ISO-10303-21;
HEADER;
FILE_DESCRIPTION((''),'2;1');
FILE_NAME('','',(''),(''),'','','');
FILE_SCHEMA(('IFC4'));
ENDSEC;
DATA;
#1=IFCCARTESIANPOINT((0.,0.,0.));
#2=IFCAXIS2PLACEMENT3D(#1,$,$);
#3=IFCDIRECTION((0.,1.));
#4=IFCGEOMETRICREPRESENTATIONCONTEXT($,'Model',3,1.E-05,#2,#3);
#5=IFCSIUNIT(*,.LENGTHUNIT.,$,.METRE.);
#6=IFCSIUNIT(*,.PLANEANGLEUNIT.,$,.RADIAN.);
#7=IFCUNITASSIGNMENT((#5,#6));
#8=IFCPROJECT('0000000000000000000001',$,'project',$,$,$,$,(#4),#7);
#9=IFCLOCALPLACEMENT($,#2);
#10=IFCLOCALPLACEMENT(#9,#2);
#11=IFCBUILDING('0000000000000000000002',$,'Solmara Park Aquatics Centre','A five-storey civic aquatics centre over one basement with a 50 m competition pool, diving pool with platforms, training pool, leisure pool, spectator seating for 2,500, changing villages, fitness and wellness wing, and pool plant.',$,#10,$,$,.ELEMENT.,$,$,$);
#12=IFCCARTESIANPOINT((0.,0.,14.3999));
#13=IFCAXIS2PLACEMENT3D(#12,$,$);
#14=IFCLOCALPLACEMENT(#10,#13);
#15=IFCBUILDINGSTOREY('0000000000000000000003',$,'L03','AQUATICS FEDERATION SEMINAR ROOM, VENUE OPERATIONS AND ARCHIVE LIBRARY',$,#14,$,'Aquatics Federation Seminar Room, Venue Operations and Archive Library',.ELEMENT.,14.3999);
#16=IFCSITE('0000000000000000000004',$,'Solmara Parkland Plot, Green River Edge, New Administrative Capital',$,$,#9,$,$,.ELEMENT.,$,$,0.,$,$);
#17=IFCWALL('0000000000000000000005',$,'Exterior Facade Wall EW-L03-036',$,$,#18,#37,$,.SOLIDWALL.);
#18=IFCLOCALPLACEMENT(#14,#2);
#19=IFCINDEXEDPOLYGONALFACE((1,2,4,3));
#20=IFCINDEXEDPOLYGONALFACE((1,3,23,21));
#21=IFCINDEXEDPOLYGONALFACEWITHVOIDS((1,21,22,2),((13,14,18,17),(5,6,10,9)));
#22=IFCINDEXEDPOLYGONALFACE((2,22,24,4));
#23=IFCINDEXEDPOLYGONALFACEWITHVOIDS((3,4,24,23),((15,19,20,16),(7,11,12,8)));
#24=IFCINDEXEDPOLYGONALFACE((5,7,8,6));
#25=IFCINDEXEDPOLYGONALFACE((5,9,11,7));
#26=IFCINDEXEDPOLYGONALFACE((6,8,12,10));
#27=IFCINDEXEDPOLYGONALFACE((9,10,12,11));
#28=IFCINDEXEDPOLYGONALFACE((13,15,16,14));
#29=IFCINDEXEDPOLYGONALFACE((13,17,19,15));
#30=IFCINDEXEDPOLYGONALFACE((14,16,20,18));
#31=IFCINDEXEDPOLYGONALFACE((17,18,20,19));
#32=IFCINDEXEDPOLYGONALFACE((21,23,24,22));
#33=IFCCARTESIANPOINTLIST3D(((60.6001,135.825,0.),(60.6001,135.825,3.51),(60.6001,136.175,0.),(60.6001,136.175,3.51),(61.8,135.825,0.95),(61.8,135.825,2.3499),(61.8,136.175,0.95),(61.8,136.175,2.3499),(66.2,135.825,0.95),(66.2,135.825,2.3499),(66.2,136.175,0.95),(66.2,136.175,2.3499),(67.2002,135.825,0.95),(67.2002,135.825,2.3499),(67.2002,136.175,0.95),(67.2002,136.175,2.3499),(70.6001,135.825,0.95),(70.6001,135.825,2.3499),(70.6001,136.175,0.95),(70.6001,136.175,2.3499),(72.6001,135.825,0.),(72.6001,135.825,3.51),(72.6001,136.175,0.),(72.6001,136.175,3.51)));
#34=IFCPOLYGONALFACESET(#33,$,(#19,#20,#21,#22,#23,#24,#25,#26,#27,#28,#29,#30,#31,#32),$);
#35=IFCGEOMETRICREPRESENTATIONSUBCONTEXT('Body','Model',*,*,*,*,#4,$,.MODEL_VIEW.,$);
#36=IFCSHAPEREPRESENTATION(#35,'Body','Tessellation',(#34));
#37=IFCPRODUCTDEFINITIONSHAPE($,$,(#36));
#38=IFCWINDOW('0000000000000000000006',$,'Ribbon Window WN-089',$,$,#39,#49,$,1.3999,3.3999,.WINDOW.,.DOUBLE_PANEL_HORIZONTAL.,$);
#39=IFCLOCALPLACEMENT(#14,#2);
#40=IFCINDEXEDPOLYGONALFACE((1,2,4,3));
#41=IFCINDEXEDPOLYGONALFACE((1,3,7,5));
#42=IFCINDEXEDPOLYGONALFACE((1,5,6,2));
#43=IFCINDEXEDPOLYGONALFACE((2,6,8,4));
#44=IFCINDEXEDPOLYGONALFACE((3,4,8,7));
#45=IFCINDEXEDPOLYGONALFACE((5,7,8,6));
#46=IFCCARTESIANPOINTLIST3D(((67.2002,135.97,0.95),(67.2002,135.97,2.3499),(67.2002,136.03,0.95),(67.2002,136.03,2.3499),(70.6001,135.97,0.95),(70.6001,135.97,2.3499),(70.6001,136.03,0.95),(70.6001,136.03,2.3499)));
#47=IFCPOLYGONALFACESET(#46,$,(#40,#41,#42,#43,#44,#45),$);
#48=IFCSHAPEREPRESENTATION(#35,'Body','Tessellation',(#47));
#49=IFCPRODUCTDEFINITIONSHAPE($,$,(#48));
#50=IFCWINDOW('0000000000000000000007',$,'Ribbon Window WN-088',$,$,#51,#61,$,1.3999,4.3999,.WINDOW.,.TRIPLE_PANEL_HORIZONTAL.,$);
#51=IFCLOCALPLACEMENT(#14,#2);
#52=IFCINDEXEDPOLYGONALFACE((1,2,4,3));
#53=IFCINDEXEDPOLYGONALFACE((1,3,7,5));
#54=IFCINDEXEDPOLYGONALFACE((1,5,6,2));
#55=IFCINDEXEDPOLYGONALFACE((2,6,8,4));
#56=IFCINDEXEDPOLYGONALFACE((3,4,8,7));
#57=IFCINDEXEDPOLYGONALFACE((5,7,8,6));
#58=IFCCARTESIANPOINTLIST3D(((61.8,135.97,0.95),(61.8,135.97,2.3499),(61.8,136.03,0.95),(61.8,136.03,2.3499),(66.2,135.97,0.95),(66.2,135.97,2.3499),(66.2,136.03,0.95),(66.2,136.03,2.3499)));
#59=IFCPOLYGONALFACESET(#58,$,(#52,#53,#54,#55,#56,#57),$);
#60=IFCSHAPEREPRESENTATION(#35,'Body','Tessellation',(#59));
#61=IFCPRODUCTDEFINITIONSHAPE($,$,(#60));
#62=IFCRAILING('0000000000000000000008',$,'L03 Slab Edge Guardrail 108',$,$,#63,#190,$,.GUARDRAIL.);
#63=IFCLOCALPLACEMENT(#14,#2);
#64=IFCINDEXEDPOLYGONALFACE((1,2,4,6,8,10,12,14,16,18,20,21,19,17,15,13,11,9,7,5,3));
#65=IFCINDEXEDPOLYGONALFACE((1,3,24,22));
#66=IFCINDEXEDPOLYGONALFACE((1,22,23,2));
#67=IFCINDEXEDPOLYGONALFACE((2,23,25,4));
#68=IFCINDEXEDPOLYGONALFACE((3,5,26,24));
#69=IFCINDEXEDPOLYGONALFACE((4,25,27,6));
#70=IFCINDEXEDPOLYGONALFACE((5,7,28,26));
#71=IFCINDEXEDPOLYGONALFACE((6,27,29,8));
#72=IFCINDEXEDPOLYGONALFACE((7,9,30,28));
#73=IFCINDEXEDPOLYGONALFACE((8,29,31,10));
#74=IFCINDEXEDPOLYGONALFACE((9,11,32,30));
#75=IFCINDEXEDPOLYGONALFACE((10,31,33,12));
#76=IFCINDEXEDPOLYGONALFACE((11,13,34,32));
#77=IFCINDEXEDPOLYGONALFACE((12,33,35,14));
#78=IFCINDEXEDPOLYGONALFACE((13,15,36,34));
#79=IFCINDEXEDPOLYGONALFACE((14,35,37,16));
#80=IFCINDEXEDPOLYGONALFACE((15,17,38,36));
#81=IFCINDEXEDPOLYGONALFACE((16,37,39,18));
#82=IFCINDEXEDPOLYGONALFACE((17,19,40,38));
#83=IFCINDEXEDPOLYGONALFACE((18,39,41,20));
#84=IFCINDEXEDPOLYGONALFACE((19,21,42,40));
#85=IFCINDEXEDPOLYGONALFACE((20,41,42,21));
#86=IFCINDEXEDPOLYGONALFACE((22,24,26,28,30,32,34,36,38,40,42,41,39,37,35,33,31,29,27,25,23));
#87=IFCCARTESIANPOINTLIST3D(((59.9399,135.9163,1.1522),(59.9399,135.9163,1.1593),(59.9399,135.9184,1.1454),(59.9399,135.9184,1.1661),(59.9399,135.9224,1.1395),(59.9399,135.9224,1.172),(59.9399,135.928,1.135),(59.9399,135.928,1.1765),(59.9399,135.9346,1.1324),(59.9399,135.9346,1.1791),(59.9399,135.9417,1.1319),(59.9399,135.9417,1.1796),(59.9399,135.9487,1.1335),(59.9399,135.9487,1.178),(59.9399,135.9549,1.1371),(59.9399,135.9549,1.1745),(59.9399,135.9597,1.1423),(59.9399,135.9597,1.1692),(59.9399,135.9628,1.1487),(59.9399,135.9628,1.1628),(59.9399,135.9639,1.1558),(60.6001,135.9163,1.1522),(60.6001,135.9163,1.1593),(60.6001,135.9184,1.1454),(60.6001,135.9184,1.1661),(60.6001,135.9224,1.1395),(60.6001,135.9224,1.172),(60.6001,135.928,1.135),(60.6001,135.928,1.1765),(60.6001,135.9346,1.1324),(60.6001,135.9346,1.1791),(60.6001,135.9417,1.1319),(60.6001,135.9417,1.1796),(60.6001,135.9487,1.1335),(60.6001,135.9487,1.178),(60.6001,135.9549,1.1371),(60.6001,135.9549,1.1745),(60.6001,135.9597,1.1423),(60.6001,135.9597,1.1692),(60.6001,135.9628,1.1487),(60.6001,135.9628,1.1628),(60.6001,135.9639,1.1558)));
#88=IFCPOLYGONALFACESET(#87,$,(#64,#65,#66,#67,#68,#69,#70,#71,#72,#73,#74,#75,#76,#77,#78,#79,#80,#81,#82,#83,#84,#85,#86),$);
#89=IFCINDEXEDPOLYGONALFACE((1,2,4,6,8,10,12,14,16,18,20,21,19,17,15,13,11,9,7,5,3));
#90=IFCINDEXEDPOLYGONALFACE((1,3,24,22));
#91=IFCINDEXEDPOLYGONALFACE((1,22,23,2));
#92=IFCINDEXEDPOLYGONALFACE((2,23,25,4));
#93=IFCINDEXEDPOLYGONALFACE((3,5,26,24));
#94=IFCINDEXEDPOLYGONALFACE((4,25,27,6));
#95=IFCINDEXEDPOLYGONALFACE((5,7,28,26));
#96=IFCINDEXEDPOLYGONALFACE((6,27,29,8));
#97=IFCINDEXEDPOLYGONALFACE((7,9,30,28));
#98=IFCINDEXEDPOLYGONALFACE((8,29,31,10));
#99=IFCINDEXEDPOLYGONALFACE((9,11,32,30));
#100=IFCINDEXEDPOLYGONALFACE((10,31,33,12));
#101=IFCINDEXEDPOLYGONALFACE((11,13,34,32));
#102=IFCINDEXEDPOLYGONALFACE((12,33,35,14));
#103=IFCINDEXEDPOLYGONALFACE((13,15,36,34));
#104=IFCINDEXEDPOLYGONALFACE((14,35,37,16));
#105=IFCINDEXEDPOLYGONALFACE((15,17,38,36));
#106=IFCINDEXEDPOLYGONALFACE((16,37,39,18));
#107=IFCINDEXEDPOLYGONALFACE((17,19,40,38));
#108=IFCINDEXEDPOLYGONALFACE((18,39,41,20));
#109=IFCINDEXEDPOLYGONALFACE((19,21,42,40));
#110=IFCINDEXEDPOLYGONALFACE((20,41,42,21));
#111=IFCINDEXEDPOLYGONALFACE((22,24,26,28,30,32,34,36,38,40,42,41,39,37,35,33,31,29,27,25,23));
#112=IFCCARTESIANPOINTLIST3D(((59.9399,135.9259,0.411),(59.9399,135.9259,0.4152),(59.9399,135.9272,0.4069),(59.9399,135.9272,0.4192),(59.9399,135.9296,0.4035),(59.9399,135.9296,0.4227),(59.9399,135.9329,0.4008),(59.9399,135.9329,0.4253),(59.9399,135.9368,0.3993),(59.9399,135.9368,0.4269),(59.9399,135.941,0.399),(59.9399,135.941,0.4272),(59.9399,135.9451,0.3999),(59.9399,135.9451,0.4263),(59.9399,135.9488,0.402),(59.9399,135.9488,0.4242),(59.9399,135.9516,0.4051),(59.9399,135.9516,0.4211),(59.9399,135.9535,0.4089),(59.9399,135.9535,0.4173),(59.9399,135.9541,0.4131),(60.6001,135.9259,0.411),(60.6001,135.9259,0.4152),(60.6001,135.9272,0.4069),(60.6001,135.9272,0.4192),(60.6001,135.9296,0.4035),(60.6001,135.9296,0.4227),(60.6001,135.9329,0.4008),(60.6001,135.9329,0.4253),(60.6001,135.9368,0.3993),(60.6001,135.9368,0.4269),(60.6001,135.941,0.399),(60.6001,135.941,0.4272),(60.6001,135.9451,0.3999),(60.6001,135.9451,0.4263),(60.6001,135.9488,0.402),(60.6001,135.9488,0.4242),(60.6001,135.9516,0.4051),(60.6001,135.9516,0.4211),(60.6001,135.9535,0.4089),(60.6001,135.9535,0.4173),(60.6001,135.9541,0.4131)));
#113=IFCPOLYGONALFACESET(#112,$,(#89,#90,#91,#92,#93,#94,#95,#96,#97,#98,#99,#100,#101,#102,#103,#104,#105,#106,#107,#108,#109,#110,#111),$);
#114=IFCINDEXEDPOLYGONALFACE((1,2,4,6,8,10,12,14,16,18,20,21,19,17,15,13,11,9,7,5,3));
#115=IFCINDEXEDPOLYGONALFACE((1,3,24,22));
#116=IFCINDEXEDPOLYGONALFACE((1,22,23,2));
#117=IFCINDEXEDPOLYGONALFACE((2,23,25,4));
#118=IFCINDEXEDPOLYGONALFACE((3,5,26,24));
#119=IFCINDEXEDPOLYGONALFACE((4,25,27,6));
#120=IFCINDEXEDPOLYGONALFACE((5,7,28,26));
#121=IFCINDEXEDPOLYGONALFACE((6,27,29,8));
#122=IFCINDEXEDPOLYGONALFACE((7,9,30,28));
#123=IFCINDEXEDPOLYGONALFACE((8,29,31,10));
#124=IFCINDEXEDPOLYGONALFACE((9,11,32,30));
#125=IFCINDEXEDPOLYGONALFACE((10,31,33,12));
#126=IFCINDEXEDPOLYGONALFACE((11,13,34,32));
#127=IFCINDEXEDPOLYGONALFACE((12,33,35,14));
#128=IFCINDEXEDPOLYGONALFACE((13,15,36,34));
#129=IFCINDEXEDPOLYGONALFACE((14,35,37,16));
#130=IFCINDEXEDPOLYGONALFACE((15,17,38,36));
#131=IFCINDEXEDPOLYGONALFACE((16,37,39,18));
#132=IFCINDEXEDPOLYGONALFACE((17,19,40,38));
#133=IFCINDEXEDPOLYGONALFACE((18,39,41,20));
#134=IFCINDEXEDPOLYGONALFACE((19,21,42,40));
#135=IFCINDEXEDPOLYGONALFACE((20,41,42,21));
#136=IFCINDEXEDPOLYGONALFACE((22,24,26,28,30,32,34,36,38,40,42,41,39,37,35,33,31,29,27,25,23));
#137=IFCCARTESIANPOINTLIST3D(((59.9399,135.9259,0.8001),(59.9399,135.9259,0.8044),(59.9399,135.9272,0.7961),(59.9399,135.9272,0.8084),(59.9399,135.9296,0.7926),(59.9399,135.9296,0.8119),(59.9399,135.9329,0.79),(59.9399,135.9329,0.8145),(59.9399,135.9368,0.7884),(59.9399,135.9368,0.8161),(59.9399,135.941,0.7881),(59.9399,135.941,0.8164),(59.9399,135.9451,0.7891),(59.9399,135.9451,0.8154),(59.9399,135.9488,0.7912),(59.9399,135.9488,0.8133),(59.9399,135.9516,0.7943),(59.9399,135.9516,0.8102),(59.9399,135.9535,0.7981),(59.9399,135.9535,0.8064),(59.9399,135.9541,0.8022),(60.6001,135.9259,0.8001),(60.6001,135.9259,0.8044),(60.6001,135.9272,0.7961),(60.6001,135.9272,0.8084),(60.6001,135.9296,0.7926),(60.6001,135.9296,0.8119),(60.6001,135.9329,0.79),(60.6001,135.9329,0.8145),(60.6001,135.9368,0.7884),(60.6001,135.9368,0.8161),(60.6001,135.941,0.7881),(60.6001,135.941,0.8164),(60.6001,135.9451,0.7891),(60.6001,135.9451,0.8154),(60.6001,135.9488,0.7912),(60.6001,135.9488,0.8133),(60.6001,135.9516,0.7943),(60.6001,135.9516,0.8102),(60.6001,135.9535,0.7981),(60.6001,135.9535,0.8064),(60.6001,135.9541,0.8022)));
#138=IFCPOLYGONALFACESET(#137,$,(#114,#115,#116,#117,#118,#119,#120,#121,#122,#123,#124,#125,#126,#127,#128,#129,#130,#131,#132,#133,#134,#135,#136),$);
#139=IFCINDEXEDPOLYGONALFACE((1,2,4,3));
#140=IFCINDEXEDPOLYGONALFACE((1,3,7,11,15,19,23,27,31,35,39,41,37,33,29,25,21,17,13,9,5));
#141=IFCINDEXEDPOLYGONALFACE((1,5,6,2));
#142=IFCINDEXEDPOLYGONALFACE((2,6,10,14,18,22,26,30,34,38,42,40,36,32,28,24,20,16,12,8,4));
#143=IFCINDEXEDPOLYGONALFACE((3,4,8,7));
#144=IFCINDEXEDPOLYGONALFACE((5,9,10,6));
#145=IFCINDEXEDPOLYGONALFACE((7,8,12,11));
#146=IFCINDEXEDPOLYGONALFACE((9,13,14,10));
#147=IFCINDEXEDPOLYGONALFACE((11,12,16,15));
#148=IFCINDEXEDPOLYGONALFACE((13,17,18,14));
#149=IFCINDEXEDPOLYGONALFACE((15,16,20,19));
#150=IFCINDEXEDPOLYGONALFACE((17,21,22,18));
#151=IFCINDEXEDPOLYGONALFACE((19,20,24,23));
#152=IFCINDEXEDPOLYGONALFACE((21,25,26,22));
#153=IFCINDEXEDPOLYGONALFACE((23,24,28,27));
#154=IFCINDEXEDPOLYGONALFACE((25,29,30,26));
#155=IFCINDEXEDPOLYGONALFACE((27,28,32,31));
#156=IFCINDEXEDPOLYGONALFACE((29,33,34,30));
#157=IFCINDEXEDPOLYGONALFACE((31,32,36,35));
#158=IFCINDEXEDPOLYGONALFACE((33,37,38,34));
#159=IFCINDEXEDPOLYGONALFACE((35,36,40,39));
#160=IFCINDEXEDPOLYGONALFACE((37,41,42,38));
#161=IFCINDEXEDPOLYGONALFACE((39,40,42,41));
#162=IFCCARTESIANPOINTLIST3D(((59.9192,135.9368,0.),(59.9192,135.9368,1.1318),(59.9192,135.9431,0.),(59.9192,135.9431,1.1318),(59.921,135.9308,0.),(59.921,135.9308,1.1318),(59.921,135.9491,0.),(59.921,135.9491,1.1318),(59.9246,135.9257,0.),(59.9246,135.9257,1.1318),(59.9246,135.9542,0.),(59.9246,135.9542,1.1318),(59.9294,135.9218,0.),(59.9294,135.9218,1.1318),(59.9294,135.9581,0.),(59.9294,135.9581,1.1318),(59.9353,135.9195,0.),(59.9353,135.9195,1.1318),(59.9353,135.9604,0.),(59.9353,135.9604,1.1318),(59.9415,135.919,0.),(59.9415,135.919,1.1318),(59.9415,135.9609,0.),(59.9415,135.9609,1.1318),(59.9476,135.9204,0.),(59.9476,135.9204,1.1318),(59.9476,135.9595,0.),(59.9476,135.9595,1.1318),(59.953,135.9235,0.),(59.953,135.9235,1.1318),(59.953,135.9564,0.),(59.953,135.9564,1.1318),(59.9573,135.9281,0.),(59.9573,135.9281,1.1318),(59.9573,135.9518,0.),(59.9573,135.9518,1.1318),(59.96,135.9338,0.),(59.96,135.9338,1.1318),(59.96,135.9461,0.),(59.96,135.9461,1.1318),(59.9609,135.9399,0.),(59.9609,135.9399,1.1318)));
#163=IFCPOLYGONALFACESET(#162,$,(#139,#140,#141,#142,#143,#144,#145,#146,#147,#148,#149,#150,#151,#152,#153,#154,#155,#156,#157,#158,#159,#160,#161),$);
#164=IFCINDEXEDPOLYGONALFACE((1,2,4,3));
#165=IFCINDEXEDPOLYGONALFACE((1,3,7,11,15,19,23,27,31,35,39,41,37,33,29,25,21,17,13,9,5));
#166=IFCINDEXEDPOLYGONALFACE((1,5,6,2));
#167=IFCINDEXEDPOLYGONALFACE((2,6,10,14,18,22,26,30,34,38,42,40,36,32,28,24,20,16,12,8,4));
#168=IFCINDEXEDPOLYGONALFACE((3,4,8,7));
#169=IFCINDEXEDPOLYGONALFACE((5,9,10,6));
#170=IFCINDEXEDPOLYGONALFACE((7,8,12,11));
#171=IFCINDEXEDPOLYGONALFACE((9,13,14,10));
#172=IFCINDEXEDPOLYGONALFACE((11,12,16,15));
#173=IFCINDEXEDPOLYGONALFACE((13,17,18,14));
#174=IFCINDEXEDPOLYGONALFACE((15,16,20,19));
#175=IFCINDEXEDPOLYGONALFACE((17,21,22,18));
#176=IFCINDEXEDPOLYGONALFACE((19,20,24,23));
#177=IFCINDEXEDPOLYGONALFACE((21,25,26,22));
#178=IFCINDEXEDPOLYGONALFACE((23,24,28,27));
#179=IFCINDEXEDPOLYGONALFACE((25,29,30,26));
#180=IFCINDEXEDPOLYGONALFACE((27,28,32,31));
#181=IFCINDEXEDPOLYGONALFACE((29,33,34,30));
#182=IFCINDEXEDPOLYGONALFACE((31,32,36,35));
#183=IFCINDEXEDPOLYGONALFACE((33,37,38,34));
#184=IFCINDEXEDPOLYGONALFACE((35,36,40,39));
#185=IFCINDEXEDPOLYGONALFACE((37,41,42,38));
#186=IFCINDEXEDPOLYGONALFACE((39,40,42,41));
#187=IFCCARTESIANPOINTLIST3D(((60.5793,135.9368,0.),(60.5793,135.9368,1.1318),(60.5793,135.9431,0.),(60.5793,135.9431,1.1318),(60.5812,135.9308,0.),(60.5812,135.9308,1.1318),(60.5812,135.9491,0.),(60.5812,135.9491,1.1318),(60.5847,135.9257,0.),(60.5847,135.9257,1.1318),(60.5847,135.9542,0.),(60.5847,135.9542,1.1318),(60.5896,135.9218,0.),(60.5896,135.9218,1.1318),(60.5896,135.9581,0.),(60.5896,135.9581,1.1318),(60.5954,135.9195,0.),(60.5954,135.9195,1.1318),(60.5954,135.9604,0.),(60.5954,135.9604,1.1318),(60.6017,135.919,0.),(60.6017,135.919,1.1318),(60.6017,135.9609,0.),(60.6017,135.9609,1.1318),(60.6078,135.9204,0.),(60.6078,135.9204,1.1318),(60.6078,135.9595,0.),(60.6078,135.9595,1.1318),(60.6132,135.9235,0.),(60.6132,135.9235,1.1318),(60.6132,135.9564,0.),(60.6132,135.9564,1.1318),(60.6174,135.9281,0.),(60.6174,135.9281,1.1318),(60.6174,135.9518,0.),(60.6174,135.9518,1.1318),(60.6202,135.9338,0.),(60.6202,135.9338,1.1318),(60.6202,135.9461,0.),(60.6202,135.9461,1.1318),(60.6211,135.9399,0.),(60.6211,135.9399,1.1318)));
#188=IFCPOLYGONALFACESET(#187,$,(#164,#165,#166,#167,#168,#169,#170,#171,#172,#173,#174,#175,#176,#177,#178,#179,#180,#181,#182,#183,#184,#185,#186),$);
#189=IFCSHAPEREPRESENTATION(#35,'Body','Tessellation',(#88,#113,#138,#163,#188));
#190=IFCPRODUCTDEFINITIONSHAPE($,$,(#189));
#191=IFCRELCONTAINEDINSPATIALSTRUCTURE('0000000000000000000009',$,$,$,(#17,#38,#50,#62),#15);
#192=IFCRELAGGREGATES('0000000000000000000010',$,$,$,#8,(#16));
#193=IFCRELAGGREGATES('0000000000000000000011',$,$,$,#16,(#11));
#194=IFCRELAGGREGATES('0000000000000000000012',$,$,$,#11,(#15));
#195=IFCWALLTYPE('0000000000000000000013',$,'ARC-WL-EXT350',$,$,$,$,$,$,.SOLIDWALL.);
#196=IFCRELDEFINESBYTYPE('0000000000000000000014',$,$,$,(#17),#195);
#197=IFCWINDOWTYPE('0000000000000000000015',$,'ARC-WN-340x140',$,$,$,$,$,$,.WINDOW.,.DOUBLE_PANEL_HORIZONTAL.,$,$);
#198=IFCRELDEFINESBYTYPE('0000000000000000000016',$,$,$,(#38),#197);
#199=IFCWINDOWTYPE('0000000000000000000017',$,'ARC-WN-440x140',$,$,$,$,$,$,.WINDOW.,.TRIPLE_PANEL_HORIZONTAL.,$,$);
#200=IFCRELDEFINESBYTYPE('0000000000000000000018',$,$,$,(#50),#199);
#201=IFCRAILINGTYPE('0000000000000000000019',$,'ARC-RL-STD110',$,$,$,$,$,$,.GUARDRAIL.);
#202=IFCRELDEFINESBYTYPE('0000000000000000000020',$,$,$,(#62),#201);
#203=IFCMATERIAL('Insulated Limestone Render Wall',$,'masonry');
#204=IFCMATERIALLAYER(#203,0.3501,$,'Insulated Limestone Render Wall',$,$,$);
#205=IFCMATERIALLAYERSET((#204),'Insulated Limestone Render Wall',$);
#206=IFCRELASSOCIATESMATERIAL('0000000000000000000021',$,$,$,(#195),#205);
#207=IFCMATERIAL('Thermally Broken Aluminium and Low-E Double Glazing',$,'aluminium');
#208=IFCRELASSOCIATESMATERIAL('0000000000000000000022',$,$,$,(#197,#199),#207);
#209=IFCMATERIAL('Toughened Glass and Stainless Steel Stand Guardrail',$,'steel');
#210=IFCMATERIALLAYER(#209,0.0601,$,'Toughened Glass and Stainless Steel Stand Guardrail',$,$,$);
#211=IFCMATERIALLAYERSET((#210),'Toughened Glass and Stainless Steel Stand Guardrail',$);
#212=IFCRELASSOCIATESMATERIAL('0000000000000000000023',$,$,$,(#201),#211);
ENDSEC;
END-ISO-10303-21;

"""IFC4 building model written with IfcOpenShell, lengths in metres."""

from ifc_helpers import new_model, si_unit, direction, frame, frame_2d, origin, origin_2d, place, context, subcontext, project, spatial, rectangle, circle, extrude, material, layer, layer_set, type_object, element, fill, save


model = new_model("IFC4")

# Units and contexts
model_context = context("Model", 3, precision=1e-05, world=origin(), true_north=direction((0.0, 1.0)))
body_context = subcontext(model_context, "Body", "Model", "MODEL_VIEW")
ifc_project = project(units=[si_unit("LENGTHUNIT", "METRE"), si_unit("PLANEANGLEUNIT", "RADIAN")], contexts=[model_context])

# Site, building, storey
site_placement = place(None, origin())
site = spatial("IfcSite", under=ifc_project, at=site_placement, Name="Solmara Parkland Plot, Green River Edge, New Administrative Capital", CompositionType="ELEMENT", RefElevation=0.0)
building_placement = place(site_placement, origin())
building = spatial("IfcBuilding", under=site, at=building_placement, Name="Solmara Park Aquatics Centre", Description="A five-storey civic aquatics centre over one basement with a 50 m competition pool, diving pool with platforms, training pool, leisure pool, spectator seating for 2,500, changing villages, fitness and wellness wing, and pool plant.", CompositionType="ELEMENT")
storey_placement = place(building_placement, frame((0.0, 0.0, 14.3999)))
storey = spatial("IfcBuildingStorey", under=building, at=storey_placement, Name="L03", Description="AQUATICS FEDERATION SEMINAR ROOM, VENUE OPERATIONS AND ARCHIVE LIBRARY", LongName="Aquatics Federation Seminar Room, Venue Operations and Archive Library", CompositionType="ELEMENT", Elevation=14.3999)

# Wall, openings, windows
ifc_material_1 = material(Name="Insulated Limestone Render Wall", Category="masonry")
ifc_layer_1 = layer(ifc_material_1, 0.3501, Name="Insulated Limestone Render Wall")
ifc_layer_set_1 = layer_set([ifc_layer_1], Name="Insulated Limestone Render Wall")
wall_type_1 = type_object("IfcWallType", Name="ARC-WL-EXT350", PredefinedType="SOLIDWALL", material=ifc_layer_set_1)
wall_1_placement = place(storey_placement, frame((60.6001, 136.0, 0.0), z_axis=(0.0, 0.0, 1.0), x_axis=(1.0, 0.0, 0.0)))
wall_1 = element("IfcWall", 1, at=wall_1_placement, inside=storey, type_object=wall_type_1, Name="Exterior Facade Wall EW-L03-036", PredefinedType="SOLIDWALL", context=body_context, shape_type="SweptSolid", body=[
    extrude(rectangle(XDim=12.0, YDim=0.3501, at=frame_2d((6.0, 0.0))), origin(), (0.0, 0.0, 1.0), 3.51),
])
opening_1_placement = place(wall_1_placement, frame((1.2, 0.0, 0.95)))
opening_1 = element("IfcOpeningElement", 2, at=opening_1_placement, cuts=wall_1, PredefinedType="OPENING", context=body_context, shape_type="SweptSolid", body=[
    extrude(rectangle(XDim=4.3999, YDim=1.3999, at=frame_2d((2.2, 0.7))), frame((0.0, 0.1851, 0.0), z_axis=(0.0, -1.0, 0.0), x_axis=(1.0, 0.0, 0.0)), (0.0, 0.0, 1.0), 0.3701),
])
opening_2_placement = place(wall_1_placement, frame((6.6001, 0.0, 0.95)))
opening_2 = element("IfcOpeningElement", 3, at=opening_2_placement, cuts=wall_1, PredefinedType="OPENING", context=body_context, shape_type="SweptSolid", body=[
    extrude(rectangle(XDim=3.3999, YDim=1.3999, at=frame_2d((1.7, 0.7))), frame((0.0, 0.1851, 0.0), z_axis=(0.0, -1.0, 0.0), x_axis=(1.0, 0.0, 0.0)), (0.0, 0.0, 1.0), 0.3701),
])
ifc_material_2 = material(Name="Thermally Broken Aluminium and Low-E Double Glazing", Category="aluminium")
window_type_1 = type_object("IfcWindowType", Name="ARC-WN-340x140", PartitioningType="DOUBLE_PANEL_HORIZONTAL", PredefinedType="WINDOW", material=ifc_material_2)
window_1_placement = place(opening_2_placement, origin())
window_1 = element("IfcWindow", 4, at=window_1_placement, inside=storey, type_object=window_type_1, Name="Ribbon Window WN-089", OverallHeight=1.3999, OverallWidth=3.3999, PartitioningType="DOUBLE_PANEL_HORIZONTAL", PredefinedType="WINDOW", context=body_context, shape_type="SweptSolid", body=[
    extrude(rectangle(XDim=3.3999, YDim=1.3999, at=frame_2d((1.7, 0.7))), frame((0.0, 0.03, 0.0), z_axis=(0.0, -1.0, 0.0), x_axis=(1.0, 0.0, 0.0)), (0.0, 0.0, 1.0), 0.0601),
])
fill(opening_2, window_1)
window_type_2 = type_object("IfcWindowType", Name="ARC-WN-440x140", PartitioningType="TRIPLE_PANEL_HORIZONTAL", PredefinedType="WINDOW", material=ifc_material_2)
window_2_placement = place(opening_1_placement, origin())
window_2 = element("IfcWindow", 5, at=window_2_placement, inside=storey, type_object=window_type_2, Name="Ribbon Window WN-088", OverallHeight=1.3999, OverallWidth=4.3999, PartitioningType="TRIPLE_PANEL_HORIZONTAL", PredefinedType="WINDOW", context=body_context, shape_type="SweptSolid", body=[
    extrude(rectangle(XDim=4.3999, YDim=1.3999, at=frame_2d((2.2, 0.7))), frame((0.0, 0.03, 0.0), z_axis=(0.0, -1.0, 0.0), x_axis=(1.0, 0.0, 0.0)), (0.0, 0.0, 1.0), 0.0601),
])
fill(opening_1, window_2)

# Railing
ifc_material_3 = material(Name="Toughened Glass and Stainless Steel Stand Guardrail", Category="steel")
ifc_layer_2 = layer(ifc_material_3, 0.0601, Name="Toughened Glass and Stainless Steel Stand Guardrail")
ifc_layer_set_2 = layer_set([ifc_layer_2], Name="Toughened Glass and Stainless Steel Stand Guardrail")
railing_type = type_object("IfcRailingType", Name="ARC-RL-STD110", PredefinedType="GUARDRAIL", material=ifc_layer_set_2)
railing_1_placement = place(storey_placement, frame((59.9399, 135.9399, 0.0)))
element("IfcRailing", 6, at=railing_1_placement, inside=storey, type_object=railing_type, Name="L03 Slab Edge Guardrail 108", PredefinedType="GUARDRAIL", context=body_context, shape_type="SweptSolid", body=[
    extrude(circle(Radius=0.0239, at=origin_2d()), frame((0.0, 0.0, 1.1558), z_axis=(1.0, 0.0, 0.0), x_axis=(0.0, 1.0, 0.0)), (0.0, 0.0, 1.0), 0.6602),
    extrude(circle(Radius=0.0142, at=origin_2d()), frame((0.0, 0.0, 0.4131), z_axis=(1.0, 0.0, 0.0), x_axis=(0.0, 1.0, 0.0)), (0.0, 0.0, 1.0), 0.6602),
    extrude(circle(Radius=0.0142, at=origin_2d()), frame((0.0, 0.0, 0.8022), z_axis=(1.0, 0.0, 0.0), x_axis=(0.0, 1.0, 0.0)), (0.0, 0.0, 1.0), 0.6602),
    extrude(circle(Radius=0.021, at=origin_2d()), origin(), (0.0, 0.0, 1.0), 1.1318),
    extrude(circle(Radius=0.021, at=origin_2d()), frame((0.6602, 0.0, 0.0)), (0.0, 0.0, 1.0), 1.1318),
])

save(model, "model.ifc")
